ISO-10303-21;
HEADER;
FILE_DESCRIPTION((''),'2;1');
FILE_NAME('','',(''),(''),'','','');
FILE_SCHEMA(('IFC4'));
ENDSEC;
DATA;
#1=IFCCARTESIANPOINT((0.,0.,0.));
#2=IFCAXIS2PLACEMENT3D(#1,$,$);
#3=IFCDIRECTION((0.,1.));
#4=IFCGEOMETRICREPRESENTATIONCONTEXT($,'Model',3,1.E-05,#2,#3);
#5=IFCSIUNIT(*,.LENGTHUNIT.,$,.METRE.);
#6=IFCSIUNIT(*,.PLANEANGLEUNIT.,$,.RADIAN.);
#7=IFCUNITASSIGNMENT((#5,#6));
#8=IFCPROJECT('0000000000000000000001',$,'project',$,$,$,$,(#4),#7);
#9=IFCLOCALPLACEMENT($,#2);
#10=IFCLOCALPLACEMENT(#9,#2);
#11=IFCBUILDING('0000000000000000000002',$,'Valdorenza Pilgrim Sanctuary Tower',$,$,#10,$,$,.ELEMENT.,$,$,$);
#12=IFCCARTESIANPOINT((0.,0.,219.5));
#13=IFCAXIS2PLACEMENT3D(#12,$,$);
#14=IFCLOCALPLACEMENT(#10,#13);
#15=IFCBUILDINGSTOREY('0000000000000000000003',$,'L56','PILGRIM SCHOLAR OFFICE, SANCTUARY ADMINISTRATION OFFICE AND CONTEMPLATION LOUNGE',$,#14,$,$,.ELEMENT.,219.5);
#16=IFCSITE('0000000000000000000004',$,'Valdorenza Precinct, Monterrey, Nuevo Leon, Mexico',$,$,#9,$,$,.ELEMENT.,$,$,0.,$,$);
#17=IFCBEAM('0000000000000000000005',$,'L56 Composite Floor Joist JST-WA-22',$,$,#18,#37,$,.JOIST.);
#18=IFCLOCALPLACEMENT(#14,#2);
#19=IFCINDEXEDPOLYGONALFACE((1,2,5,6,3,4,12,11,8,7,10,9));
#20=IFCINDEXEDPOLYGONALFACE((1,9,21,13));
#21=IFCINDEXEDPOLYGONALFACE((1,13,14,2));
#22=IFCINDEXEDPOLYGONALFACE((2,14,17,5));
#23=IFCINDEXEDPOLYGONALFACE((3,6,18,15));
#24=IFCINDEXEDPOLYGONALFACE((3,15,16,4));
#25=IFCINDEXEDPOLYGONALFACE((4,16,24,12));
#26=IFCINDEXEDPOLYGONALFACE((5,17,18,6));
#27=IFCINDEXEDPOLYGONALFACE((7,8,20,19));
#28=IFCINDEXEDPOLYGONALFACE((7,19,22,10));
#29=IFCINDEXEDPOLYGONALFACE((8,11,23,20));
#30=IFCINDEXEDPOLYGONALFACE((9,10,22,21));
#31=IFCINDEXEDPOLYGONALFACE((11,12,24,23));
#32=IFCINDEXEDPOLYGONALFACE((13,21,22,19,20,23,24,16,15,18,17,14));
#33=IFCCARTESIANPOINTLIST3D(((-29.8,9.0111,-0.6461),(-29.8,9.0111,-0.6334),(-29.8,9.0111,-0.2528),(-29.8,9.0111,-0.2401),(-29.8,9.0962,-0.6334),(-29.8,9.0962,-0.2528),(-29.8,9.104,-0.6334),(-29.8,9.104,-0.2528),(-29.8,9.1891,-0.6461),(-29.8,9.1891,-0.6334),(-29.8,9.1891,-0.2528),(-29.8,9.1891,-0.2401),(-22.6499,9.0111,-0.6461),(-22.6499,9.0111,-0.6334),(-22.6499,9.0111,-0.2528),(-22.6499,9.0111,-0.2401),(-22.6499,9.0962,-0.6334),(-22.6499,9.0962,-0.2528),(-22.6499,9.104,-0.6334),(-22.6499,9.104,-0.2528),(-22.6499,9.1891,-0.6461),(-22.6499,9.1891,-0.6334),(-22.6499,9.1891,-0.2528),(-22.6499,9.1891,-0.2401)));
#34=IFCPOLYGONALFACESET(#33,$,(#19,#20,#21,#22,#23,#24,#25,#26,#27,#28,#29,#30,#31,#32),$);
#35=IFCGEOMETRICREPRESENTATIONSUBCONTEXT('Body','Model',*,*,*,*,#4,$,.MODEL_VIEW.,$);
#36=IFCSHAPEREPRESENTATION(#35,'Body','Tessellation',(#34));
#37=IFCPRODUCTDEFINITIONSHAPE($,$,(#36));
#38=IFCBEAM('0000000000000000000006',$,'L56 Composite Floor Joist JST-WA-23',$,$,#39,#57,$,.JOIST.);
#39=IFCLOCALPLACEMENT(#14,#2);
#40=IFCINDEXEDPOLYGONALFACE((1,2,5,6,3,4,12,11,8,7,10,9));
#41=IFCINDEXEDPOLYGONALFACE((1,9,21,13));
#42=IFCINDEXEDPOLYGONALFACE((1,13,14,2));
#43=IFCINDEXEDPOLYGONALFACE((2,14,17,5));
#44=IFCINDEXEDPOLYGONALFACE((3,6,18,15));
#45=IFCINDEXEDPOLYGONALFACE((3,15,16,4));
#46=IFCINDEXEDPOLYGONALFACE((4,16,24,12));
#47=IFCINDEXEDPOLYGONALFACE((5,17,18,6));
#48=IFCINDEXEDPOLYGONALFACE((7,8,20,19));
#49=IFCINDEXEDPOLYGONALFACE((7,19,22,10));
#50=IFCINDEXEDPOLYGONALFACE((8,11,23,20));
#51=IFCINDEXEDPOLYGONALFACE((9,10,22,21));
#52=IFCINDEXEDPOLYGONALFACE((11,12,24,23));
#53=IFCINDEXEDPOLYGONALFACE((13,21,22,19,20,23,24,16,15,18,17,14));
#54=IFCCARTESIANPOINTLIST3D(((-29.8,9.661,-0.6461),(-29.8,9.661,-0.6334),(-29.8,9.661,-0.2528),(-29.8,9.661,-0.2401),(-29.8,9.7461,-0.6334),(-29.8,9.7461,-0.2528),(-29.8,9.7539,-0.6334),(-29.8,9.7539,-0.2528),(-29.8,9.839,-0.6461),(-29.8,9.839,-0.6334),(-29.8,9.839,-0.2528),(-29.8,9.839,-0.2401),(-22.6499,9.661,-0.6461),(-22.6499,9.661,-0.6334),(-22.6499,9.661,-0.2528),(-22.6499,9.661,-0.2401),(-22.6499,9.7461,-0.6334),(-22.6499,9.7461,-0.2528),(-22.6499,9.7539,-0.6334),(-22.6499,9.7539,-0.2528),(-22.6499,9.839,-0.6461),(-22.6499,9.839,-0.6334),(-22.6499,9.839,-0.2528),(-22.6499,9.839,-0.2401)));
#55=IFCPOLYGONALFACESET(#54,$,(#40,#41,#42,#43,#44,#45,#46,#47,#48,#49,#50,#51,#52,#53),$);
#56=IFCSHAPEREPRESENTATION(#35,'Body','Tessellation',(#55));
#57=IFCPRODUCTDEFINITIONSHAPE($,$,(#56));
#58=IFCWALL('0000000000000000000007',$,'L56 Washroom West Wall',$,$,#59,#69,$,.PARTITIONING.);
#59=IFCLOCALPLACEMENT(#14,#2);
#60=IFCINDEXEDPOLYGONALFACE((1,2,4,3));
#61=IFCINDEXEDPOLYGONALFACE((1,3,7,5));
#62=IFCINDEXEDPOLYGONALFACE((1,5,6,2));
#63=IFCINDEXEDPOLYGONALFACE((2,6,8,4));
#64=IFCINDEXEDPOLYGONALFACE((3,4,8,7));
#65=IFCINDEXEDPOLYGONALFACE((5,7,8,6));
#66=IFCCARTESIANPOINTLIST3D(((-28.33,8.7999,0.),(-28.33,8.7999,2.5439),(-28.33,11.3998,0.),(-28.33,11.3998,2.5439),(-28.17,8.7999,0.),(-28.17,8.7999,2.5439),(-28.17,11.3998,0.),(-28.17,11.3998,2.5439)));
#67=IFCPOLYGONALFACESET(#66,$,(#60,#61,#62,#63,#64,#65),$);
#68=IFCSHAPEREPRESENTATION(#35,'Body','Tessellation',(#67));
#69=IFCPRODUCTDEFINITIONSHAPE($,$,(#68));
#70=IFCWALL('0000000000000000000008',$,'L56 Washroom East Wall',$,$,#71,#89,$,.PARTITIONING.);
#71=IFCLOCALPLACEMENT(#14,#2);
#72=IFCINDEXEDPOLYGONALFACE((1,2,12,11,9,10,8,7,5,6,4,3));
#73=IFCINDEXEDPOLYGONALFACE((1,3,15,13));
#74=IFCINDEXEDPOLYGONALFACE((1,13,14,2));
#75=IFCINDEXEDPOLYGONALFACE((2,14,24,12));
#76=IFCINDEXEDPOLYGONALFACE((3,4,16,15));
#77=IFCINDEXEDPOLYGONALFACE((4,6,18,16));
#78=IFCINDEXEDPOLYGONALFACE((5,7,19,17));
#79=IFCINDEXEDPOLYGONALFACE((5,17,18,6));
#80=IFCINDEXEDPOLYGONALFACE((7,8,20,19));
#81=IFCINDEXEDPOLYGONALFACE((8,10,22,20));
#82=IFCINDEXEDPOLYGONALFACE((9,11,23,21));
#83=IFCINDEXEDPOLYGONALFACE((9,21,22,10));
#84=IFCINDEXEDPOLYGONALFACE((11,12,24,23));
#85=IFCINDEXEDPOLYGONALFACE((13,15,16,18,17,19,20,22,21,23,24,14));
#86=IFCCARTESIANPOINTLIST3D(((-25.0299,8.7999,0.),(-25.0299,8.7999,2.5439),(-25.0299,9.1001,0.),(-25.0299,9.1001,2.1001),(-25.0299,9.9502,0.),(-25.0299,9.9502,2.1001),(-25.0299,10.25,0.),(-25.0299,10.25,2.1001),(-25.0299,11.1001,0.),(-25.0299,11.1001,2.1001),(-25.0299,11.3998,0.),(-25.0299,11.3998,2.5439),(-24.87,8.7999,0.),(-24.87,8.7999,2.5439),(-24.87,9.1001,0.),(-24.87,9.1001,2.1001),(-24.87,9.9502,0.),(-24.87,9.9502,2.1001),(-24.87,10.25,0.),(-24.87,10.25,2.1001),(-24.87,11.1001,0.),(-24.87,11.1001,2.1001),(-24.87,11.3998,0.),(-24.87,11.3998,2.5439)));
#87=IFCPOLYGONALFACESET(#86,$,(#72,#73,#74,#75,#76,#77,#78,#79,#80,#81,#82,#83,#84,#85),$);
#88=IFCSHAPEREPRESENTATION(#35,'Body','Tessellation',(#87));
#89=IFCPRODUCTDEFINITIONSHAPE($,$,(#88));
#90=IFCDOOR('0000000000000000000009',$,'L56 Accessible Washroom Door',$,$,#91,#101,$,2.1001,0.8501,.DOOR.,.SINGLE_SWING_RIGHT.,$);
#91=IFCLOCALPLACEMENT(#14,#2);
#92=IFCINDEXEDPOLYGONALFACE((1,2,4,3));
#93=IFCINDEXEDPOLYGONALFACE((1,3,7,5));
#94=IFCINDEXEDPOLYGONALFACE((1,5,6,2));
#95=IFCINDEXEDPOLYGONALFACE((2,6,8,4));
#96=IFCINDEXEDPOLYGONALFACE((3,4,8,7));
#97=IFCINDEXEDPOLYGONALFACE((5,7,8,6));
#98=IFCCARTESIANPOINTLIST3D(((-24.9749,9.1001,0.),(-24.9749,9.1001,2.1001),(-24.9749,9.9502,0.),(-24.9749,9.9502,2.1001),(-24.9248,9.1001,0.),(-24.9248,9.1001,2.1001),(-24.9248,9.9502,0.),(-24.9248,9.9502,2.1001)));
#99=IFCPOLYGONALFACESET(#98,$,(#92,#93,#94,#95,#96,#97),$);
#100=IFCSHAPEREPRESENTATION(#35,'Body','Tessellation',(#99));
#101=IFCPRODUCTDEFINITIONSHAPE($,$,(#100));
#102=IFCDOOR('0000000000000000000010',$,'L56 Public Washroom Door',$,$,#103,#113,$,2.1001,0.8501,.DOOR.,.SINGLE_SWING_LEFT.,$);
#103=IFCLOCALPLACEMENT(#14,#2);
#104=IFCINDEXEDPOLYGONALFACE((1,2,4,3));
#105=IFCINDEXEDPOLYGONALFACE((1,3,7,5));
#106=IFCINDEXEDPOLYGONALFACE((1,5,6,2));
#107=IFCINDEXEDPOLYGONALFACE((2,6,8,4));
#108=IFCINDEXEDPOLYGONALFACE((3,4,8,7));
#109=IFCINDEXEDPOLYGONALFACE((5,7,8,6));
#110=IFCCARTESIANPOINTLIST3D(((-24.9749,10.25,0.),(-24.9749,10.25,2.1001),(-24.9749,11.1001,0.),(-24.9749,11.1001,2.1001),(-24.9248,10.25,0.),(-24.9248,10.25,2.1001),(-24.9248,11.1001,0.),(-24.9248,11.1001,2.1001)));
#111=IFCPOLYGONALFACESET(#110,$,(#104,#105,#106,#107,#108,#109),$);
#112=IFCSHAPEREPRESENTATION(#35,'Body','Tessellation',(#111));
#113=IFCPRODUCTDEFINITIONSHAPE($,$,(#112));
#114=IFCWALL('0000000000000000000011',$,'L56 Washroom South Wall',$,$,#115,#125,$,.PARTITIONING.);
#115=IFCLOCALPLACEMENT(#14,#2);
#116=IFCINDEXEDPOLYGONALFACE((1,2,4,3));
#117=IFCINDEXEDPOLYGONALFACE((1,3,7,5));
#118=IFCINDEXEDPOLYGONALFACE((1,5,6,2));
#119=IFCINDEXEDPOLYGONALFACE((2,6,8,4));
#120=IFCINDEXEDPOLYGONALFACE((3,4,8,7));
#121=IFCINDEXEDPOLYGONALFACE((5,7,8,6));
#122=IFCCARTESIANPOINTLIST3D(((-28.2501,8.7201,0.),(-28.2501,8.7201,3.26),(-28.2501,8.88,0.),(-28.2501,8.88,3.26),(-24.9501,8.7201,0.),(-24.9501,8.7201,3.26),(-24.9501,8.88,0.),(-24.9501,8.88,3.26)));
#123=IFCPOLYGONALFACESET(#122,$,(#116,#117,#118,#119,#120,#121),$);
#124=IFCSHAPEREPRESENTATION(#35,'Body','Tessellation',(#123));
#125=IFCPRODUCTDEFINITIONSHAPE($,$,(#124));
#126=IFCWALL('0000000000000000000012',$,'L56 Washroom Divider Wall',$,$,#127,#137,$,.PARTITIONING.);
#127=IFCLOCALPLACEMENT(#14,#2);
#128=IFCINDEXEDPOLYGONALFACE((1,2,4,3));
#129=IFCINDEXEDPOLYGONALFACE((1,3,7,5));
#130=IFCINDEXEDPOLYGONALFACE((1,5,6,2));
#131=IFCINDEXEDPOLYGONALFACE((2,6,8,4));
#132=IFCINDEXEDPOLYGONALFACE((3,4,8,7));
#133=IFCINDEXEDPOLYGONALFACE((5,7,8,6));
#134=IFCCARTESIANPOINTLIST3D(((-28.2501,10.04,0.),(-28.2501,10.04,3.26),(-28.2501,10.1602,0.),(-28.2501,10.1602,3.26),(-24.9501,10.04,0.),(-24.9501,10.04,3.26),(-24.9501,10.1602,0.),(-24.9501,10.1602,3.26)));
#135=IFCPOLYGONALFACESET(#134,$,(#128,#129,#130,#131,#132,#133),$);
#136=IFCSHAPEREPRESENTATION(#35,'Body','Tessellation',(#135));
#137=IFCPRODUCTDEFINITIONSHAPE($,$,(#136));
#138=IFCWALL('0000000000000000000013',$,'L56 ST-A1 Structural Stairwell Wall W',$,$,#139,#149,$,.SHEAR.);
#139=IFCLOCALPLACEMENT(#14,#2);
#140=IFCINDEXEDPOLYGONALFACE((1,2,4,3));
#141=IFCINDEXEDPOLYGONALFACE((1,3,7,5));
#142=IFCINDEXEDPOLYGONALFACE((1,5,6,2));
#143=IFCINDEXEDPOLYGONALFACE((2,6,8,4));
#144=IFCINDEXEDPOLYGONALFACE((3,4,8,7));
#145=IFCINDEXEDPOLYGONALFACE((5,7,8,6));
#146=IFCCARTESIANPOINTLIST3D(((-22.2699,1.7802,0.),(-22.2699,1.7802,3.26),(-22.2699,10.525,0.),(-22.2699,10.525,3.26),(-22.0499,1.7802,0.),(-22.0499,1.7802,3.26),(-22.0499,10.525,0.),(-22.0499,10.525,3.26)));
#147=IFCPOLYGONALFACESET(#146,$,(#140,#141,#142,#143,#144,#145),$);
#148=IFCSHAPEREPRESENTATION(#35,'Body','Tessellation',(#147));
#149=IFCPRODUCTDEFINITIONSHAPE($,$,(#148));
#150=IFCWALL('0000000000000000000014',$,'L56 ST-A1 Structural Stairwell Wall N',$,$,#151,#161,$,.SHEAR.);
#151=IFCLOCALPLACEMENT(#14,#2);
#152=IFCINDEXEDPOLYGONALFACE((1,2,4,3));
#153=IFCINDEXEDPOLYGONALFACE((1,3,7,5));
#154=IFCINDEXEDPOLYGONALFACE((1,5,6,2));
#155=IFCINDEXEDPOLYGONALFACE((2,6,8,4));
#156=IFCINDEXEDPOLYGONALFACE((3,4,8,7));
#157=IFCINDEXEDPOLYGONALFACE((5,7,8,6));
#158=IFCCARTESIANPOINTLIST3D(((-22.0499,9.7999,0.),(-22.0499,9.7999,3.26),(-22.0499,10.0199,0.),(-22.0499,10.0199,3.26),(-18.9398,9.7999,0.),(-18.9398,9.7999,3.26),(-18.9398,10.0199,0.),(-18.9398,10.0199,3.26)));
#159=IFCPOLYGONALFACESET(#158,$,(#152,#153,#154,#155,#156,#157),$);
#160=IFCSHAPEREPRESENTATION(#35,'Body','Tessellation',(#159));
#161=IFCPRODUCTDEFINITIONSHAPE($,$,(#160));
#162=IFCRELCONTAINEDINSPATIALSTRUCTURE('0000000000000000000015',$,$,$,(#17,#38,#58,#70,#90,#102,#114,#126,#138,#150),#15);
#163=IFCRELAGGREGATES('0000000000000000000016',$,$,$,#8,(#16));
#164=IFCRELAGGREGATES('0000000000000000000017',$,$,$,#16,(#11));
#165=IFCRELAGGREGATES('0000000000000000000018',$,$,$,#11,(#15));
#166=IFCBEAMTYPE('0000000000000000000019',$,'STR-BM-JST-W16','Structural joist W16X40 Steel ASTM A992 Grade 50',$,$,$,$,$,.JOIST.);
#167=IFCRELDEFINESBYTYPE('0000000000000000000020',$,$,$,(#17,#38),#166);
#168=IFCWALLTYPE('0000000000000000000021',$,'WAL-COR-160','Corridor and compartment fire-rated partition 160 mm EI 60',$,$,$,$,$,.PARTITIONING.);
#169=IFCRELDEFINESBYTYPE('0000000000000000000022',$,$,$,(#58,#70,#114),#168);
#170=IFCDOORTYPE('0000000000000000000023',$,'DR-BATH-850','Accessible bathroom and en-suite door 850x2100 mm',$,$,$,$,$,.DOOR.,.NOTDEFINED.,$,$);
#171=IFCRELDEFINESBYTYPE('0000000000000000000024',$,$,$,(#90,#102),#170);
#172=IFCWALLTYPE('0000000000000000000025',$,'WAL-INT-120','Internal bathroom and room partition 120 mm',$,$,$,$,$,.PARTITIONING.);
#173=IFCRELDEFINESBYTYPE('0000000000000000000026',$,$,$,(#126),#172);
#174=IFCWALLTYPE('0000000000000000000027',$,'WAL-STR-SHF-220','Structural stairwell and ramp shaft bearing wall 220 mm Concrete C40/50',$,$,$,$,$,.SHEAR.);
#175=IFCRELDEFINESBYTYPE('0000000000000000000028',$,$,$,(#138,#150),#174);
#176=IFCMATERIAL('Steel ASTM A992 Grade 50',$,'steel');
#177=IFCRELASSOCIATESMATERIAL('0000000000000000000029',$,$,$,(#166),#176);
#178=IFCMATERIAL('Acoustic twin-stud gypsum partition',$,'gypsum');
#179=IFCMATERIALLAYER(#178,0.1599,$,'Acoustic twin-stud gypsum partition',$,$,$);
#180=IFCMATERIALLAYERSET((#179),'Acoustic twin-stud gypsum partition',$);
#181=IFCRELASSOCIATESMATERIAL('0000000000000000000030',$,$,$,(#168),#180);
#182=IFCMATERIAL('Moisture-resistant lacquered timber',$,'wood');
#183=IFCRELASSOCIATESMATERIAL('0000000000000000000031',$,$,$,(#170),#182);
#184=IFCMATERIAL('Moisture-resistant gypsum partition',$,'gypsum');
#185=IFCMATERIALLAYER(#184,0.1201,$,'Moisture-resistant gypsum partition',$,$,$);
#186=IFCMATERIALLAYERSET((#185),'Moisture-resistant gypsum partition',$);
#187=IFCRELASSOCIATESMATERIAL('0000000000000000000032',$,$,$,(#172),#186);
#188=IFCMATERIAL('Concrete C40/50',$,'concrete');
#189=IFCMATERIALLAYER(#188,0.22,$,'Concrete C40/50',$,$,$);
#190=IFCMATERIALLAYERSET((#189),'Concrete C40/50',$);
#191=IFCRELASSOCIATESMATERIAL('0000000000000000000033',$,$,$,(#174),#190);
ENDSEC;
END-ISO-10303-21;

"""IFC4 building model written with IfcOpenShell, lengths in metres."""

from ifc_helpers import new_model, si_unit, direction, frame, frame_2d, origin, origin_2d, place, context, subcontext, project, spatial, rectangle, i_section, extrude, source, transform, mapped, material, layer, layer_set, material_profile, profile_set, type_object, element, fill, save


model = new_model("IFC4")

# Units and contexts
model_context = context("Model", 3, precision=1e-05, world=origin(), true_north=direction((0.0, 1.0)))
body_context = subcontext(model_context, "Body", "Model", "MODEL_VIEW")
ifc_project = project(units=[si_unit("LENGTHUNIT", "METRE"), si_unit("PLANEANGLEUNIT", "RADIAN")], contexts=[model_context])

# Site, building, storey
site_placement = place(None, origin())
site = spatial("IfcSite", under=ifc_project, at=site_placement, Name="Valdorenza Precinct, Monterrey, Nuevo Leon, Mexico", CompositionType="ELEMENT", RefElevation=0.0)
building_placement = place(site_placement, origin())
building = spatial("IfcBuilding", under=site, at=building_placement, Name="Valdorenza Pilgrim Sanctuary Tower", CompositionType="ELEMENT")
storey_placement = place(building_placement, frame((0.0, 0.0, 219.5)))
storey = spatial("IfcBuildingStorey", under=building, at=storey_placement, Name="L56", Description="PILGRIM SCHOLAR OFFICE, SANCTUARY ADMINISTRATION OFFICE AND CONTEMPLATION LOUNGE", CompositionType="ELEMENT", Elevation=219.5)

# Beams
ifc_material_1 = material(Name="Steel ASTM A992 Grade 50", Category="steel")
ifc_material_profile_1 = material_profile(ifc_material_1, i_section(OverallWidth=0.178, OverallDepth=0.406, WebThickness=0.0078, FlangeThickness=0.0127, at=origin_2d()), Name="W16X40")
ifc_profile_set_1 = profile_set([ifc_material_profile_1], Name="Steel ASTM A992 Grade 50")
beam_type_1 = type_object("IfcBeamType", Name="STR-BM-JST-W16", Description="Structural joist W16X40 Steel ASTM A992 Grade 50", PredefinedType="JOIST", material=ifc_profile_set_1)
shared_shape_1 = source(origin(), body_context, "Body", "SweptSolid", [
    extrude(i_section(OverallWidth=0.178, OverallDepth=0.406, WebThickness=0.0078, FlangeThickness=0.0127, at=origin_2d()), origin(), (0.0, 0.0, 1.0), 7.1501),
])
for number, where, z_axis, x_axis, name in (
    (1, (-29.8, 9.1001, -0.4431), (1.0, 0.0, 0.0), (0.0, 1.0, 0.0), "L56 Composite Floor Joist JST-WA-22"),
    (2, (-29.8, 9.75, -0.4431), (1.0, 0.0, 0.0), (0.0, 1.0, 0.0), "L56 Composite Floor Joist JST-WA-23"),
):
    element("IfcBeam", number, at=place(storey_placement, frame(where, z_axis=z_axis, x_axis=x_axis)), inside=storey, type_object=beam_type_1, Name=name, PredefinedType="JOIST", context=body_context, shape_type="MappedRepresentation", body=[
        mapped(shared_shape_1, transform((0.0, 0.0, 0.0), x_axis=(1.0, 0.0, 0.0), y_axis=(0.0, 1.0, 0.0), z_axis=(0.0, 0.0, 1.0), scale=1.0)),
    ])

# Wall
ifc_material_2 = material(Name="Acoustic twin-stud gypsum partition", Category="gypsum")
ifc_layer_1 = layer(ifc_material_2, 0.1599, Name="Acoustic twin-stud gypsum partition")
ifc_layer_set_1 = layer_set([ifc_layer_1], Name="Acoustic twin-stud gypsum partition")
wall_type_1 = type_object("IfcWallType", Name="WAL-COR-160", Description="Corridor and compartment fire-rated partition 160 mm EI 60", PredefinedType="PARTITIONING", material=ifc_layer_set_1)
wall_1_placement = place(storey_placement, frame((-28.25, 8.8, 0.0), z_axis=(0.0, 0.0, 1.0), x_axis=(0.0, 1.0, 0.0)))
element("IfcWall", 3, at=wall_1_placement, inside=storey, type_object=wall_type_1, Name="L56 Washroom West Wall", PredefinedType="PARTITIONING", context=body_context, shape_type="SweptSolid", body=[
    extrude(rectangle(XDim=2.5999, YDim=0.1599, at=frame_2d((1.2998, 0.0))), origin(), (0.0, 0.0, 1.0), 2.5439),
])

# Wall, openings, doors
wall_2_placement = place(storey_placement, frame((-24.95, 8.8, 0.0), z_axis=(0.0, 0.0, 1.0), x_axis=(0.0, 1.0, 0.0)))
wall_2 = element("IfcWall", 4, at=wall_2_placement, inside=storey, type_object=wall_type_1, Name="L56 Washroom East Wall", PredefinedType="PARTITIONING", context=body_context, shape_type="SweptSolid", body=[
    extrude(rectangle(XDim=2.5999, YDim=0.1599, at=frame_2d((1.2998, 0.0))), origin(), (0.0, 0.0, 1.0), 2.5439),
])
opening_1_placement = place(wall_2_placement, frame((0.3, 0.0, 0.0)))
opening_1 = element("IfcOpeningElement", 5, at=opening_1_placement, cuts=wall_2, PredefinedType="OPENING", context=body_context, shape_type="SweptSolid", body=[
    extrude(rectangle(XDim=0.8501, YDim=2.1001, at=frame_2d((0.425, 1.05))), frame((0.0, 0.0947, 0.0), z_axis=(0.0, -1.0, 0.0), x_axis=(1.0, 0.0, 0.0)), (0.0, 0.0, 1.0), 0.1897),
])
opening_2_placement = place(wall_2_placement, frame((1.45, 0.0, 0.0)))
opening_2 = element("IfcOpeningElement", 6, at=opening_2_placement, cuts=wall_2, PredefinedType="OPENING", context=body_context, shape_type="SweptSolid", body=[
    extrude(rectangle(XDim=0.8501, YDim=2.1001, at=frame_2d((0.425, 1.05))), frame((0.0, 0.0947, 0.0), z_axis=(0.0, -1.0, 0.0), x_axis=(1.0, 0.0, 0.0)), (0.0, 0.0, 1.0), 0.1897),
])
ifc_material_3 = material(Name="Moisture-resistant lacquered timber", Category="wood")
door_type_1 = type_object("IfcDoorType", Name="DR-BATH-850", Description="Accessible bathroom and en-suite door 850x2100 mm", OperationType="NOTDEFINED", PredefinedType="DOOR", material=ifc_material_3)
door_1_placement = place(opening_1_placement, origin())
door_1 = element("IfcDoor", 7, at=door_1_placement, inside=storey, type_object=door_type_1, Name="L56 Accessible Washroom Door", OperationType="SINGLE_SWING_RIGHT", OverallHeight=2.1001, OverallWidth=0.8501, PredefinedType="DOOR", context=body_context, shape_type="SweptSolid", body=[
    extrude(rectangle(XDim=0.8501, YDim=2.1001, at=frame_2d((0.425, 1.05))), frame((0.0, 0.0249, 0.0), z_axis=(0.0, -1.0, 0.0), x_axis=(1.0, 0.0, 0.0)), (0.0, 0.0, 1.0), 0.05),
])
fill(opening_1, door_1)
door_2_placement = place(opening_2_placement, origin())
door_2 = element("IfcDoor", 8, at=door_2_placement, inside=storey, type_object=door_type_1, Name="L56 Public Washroom Door", OperationType="SINGLE_SWING_LEFT", OverallHeight=2.1001, OverallWidth=0.8501, PredefinedType="DOOR", context=body_context, shape_type="SweptSolid", body=[
    extrude(rectangle(XDim=0.8501, YDim=2.1001, at=frame_2d((0.425, 1.05))), frame((0.0, 0.0249, 0.0), z_axis=(0.0, -1.0, 0.0), x_axis=(1.0, 0.0, 0.0)), (0.0, 0.0, 1.0), 0.05),
])
fill(opening_2, door_2)

# Walls
wall_3_placement = place(storey_placement, frame((-28.25, 8.8, 0.0), z_axis=(0.0, 0.0, 1.0), x_axis=(1.0, 0.0, 0.0)))
element("IfcWall", 9, at=wall_3_placement, inside=storey, type_object=wall_type_1, Name="L56 Washroom South Wall", PredefinedType="PARTITIONING", context=body_context, shape_type="SweptSolid", body=[
    extrude(rectangle(XDim=3.3, YDim=0.1599, at=frame_2d((1.6499, 0.0))), origin(), (0.0, 0.0, 1.0), 3.26),
])
ifc_material_4 = material(Name="Moisture-resistant gypsum partition", Category="gypsum")
ifc_layer_2 = layer(ifc_material_4, 0.1201, Name="Moisture-resistant gypsum partition")
ifc_layer_set_2 = layer_set([ifc_layer_2], Name="Moisture-resistant gypsum partition")
wall_type_2 = type_object("IfcWallType", Name="WAL-INT-120", Description="Internal bathroom and room partition 120 mm", PredefinedType="PARTITIONING", material=ifc_layer_set_2)
wall_4_placement = place(storey_placement, frame((-28.25, 10.1001, 0.0), z_axis=(0.0, 0.0, 1.0), x_axis=(1.0, 0.0, 0.0)))
element("IfcWall", 10, at=wall_4_placement, inside=storey, type_object=wall_type_2, Name="L56 Washroom Divider Wall", PredefinedType="PARTITIONING", context=body_context, shape_type="SweptSolid", body=[
    extrude(rectangle(XDim=3.3, YDim=0.1201, at=frame_2d((1.6499, 0.0))), origin(), (0.0, 0.0, 1.0), 3.26),
])
ifc_material_5 = material(Name="Concrete C40/50", Category="concrete")
ifc_layer_3 = layer(ifc_material_5, 0.22, Name="Concrete C40/50")
ifc_layer_set_3 = layer_set([ifc_layer_3], Name="Concrete C40/50")
wall_type_3 = type_object("IfcWallType", Name="WAL-STR-SHF-220", Description="Structural stairwell and ramp shaft bearing wall 220 mm Concrete C40/50", PredefinedType="SHEAR", material=ifc_layer_set_3)
wall_5_placement = place(storey_placement, frame((-22.1599, 1.78, 0.0), z_axis=(0.0, 0.0, 1.0), x_axis=(0.0, 1.0, 0.0)))
element("IfcWall", 11, at=wall_5_placement, inside=storey, type_object=wall_type_3, Name="L56 ST-A1 Structural Stairwell Wall W", PredefinedType="SHEAR", context=body_context, shape_type="SweptSolid", body=[
    extrude(rectangle(XDim=8.7449, YDim=0.22, at=frame_2d((4.3726, 0.0))), origin(), (0.0, 0.0, 1.0), 3.26),
])

# Wall
wall_6_placement = place(storey_placement, frame((-22.05, 9.9099, 0.0), z_axis=(0.0, 0.0, 1.0), x_axis=(1.0, 0.0, 0.0)))
element("IfcWall", 12, at=wall_6_placement, inside=storey, type_object=wall_type_3, Name="L56 ST-A1 Structural Stairwell Wall N", PredefinedType="SHEAR", context=body_context, shape_type="SweptSolid", body=[
    extrude(rectangle(XDim=3.1101, YDim=0.22, at=frame_2d((1.5552, 0.0))), origin(), (0.0, 0.0, 1.0), 3.26),
])

save(model, "model.ifc")
